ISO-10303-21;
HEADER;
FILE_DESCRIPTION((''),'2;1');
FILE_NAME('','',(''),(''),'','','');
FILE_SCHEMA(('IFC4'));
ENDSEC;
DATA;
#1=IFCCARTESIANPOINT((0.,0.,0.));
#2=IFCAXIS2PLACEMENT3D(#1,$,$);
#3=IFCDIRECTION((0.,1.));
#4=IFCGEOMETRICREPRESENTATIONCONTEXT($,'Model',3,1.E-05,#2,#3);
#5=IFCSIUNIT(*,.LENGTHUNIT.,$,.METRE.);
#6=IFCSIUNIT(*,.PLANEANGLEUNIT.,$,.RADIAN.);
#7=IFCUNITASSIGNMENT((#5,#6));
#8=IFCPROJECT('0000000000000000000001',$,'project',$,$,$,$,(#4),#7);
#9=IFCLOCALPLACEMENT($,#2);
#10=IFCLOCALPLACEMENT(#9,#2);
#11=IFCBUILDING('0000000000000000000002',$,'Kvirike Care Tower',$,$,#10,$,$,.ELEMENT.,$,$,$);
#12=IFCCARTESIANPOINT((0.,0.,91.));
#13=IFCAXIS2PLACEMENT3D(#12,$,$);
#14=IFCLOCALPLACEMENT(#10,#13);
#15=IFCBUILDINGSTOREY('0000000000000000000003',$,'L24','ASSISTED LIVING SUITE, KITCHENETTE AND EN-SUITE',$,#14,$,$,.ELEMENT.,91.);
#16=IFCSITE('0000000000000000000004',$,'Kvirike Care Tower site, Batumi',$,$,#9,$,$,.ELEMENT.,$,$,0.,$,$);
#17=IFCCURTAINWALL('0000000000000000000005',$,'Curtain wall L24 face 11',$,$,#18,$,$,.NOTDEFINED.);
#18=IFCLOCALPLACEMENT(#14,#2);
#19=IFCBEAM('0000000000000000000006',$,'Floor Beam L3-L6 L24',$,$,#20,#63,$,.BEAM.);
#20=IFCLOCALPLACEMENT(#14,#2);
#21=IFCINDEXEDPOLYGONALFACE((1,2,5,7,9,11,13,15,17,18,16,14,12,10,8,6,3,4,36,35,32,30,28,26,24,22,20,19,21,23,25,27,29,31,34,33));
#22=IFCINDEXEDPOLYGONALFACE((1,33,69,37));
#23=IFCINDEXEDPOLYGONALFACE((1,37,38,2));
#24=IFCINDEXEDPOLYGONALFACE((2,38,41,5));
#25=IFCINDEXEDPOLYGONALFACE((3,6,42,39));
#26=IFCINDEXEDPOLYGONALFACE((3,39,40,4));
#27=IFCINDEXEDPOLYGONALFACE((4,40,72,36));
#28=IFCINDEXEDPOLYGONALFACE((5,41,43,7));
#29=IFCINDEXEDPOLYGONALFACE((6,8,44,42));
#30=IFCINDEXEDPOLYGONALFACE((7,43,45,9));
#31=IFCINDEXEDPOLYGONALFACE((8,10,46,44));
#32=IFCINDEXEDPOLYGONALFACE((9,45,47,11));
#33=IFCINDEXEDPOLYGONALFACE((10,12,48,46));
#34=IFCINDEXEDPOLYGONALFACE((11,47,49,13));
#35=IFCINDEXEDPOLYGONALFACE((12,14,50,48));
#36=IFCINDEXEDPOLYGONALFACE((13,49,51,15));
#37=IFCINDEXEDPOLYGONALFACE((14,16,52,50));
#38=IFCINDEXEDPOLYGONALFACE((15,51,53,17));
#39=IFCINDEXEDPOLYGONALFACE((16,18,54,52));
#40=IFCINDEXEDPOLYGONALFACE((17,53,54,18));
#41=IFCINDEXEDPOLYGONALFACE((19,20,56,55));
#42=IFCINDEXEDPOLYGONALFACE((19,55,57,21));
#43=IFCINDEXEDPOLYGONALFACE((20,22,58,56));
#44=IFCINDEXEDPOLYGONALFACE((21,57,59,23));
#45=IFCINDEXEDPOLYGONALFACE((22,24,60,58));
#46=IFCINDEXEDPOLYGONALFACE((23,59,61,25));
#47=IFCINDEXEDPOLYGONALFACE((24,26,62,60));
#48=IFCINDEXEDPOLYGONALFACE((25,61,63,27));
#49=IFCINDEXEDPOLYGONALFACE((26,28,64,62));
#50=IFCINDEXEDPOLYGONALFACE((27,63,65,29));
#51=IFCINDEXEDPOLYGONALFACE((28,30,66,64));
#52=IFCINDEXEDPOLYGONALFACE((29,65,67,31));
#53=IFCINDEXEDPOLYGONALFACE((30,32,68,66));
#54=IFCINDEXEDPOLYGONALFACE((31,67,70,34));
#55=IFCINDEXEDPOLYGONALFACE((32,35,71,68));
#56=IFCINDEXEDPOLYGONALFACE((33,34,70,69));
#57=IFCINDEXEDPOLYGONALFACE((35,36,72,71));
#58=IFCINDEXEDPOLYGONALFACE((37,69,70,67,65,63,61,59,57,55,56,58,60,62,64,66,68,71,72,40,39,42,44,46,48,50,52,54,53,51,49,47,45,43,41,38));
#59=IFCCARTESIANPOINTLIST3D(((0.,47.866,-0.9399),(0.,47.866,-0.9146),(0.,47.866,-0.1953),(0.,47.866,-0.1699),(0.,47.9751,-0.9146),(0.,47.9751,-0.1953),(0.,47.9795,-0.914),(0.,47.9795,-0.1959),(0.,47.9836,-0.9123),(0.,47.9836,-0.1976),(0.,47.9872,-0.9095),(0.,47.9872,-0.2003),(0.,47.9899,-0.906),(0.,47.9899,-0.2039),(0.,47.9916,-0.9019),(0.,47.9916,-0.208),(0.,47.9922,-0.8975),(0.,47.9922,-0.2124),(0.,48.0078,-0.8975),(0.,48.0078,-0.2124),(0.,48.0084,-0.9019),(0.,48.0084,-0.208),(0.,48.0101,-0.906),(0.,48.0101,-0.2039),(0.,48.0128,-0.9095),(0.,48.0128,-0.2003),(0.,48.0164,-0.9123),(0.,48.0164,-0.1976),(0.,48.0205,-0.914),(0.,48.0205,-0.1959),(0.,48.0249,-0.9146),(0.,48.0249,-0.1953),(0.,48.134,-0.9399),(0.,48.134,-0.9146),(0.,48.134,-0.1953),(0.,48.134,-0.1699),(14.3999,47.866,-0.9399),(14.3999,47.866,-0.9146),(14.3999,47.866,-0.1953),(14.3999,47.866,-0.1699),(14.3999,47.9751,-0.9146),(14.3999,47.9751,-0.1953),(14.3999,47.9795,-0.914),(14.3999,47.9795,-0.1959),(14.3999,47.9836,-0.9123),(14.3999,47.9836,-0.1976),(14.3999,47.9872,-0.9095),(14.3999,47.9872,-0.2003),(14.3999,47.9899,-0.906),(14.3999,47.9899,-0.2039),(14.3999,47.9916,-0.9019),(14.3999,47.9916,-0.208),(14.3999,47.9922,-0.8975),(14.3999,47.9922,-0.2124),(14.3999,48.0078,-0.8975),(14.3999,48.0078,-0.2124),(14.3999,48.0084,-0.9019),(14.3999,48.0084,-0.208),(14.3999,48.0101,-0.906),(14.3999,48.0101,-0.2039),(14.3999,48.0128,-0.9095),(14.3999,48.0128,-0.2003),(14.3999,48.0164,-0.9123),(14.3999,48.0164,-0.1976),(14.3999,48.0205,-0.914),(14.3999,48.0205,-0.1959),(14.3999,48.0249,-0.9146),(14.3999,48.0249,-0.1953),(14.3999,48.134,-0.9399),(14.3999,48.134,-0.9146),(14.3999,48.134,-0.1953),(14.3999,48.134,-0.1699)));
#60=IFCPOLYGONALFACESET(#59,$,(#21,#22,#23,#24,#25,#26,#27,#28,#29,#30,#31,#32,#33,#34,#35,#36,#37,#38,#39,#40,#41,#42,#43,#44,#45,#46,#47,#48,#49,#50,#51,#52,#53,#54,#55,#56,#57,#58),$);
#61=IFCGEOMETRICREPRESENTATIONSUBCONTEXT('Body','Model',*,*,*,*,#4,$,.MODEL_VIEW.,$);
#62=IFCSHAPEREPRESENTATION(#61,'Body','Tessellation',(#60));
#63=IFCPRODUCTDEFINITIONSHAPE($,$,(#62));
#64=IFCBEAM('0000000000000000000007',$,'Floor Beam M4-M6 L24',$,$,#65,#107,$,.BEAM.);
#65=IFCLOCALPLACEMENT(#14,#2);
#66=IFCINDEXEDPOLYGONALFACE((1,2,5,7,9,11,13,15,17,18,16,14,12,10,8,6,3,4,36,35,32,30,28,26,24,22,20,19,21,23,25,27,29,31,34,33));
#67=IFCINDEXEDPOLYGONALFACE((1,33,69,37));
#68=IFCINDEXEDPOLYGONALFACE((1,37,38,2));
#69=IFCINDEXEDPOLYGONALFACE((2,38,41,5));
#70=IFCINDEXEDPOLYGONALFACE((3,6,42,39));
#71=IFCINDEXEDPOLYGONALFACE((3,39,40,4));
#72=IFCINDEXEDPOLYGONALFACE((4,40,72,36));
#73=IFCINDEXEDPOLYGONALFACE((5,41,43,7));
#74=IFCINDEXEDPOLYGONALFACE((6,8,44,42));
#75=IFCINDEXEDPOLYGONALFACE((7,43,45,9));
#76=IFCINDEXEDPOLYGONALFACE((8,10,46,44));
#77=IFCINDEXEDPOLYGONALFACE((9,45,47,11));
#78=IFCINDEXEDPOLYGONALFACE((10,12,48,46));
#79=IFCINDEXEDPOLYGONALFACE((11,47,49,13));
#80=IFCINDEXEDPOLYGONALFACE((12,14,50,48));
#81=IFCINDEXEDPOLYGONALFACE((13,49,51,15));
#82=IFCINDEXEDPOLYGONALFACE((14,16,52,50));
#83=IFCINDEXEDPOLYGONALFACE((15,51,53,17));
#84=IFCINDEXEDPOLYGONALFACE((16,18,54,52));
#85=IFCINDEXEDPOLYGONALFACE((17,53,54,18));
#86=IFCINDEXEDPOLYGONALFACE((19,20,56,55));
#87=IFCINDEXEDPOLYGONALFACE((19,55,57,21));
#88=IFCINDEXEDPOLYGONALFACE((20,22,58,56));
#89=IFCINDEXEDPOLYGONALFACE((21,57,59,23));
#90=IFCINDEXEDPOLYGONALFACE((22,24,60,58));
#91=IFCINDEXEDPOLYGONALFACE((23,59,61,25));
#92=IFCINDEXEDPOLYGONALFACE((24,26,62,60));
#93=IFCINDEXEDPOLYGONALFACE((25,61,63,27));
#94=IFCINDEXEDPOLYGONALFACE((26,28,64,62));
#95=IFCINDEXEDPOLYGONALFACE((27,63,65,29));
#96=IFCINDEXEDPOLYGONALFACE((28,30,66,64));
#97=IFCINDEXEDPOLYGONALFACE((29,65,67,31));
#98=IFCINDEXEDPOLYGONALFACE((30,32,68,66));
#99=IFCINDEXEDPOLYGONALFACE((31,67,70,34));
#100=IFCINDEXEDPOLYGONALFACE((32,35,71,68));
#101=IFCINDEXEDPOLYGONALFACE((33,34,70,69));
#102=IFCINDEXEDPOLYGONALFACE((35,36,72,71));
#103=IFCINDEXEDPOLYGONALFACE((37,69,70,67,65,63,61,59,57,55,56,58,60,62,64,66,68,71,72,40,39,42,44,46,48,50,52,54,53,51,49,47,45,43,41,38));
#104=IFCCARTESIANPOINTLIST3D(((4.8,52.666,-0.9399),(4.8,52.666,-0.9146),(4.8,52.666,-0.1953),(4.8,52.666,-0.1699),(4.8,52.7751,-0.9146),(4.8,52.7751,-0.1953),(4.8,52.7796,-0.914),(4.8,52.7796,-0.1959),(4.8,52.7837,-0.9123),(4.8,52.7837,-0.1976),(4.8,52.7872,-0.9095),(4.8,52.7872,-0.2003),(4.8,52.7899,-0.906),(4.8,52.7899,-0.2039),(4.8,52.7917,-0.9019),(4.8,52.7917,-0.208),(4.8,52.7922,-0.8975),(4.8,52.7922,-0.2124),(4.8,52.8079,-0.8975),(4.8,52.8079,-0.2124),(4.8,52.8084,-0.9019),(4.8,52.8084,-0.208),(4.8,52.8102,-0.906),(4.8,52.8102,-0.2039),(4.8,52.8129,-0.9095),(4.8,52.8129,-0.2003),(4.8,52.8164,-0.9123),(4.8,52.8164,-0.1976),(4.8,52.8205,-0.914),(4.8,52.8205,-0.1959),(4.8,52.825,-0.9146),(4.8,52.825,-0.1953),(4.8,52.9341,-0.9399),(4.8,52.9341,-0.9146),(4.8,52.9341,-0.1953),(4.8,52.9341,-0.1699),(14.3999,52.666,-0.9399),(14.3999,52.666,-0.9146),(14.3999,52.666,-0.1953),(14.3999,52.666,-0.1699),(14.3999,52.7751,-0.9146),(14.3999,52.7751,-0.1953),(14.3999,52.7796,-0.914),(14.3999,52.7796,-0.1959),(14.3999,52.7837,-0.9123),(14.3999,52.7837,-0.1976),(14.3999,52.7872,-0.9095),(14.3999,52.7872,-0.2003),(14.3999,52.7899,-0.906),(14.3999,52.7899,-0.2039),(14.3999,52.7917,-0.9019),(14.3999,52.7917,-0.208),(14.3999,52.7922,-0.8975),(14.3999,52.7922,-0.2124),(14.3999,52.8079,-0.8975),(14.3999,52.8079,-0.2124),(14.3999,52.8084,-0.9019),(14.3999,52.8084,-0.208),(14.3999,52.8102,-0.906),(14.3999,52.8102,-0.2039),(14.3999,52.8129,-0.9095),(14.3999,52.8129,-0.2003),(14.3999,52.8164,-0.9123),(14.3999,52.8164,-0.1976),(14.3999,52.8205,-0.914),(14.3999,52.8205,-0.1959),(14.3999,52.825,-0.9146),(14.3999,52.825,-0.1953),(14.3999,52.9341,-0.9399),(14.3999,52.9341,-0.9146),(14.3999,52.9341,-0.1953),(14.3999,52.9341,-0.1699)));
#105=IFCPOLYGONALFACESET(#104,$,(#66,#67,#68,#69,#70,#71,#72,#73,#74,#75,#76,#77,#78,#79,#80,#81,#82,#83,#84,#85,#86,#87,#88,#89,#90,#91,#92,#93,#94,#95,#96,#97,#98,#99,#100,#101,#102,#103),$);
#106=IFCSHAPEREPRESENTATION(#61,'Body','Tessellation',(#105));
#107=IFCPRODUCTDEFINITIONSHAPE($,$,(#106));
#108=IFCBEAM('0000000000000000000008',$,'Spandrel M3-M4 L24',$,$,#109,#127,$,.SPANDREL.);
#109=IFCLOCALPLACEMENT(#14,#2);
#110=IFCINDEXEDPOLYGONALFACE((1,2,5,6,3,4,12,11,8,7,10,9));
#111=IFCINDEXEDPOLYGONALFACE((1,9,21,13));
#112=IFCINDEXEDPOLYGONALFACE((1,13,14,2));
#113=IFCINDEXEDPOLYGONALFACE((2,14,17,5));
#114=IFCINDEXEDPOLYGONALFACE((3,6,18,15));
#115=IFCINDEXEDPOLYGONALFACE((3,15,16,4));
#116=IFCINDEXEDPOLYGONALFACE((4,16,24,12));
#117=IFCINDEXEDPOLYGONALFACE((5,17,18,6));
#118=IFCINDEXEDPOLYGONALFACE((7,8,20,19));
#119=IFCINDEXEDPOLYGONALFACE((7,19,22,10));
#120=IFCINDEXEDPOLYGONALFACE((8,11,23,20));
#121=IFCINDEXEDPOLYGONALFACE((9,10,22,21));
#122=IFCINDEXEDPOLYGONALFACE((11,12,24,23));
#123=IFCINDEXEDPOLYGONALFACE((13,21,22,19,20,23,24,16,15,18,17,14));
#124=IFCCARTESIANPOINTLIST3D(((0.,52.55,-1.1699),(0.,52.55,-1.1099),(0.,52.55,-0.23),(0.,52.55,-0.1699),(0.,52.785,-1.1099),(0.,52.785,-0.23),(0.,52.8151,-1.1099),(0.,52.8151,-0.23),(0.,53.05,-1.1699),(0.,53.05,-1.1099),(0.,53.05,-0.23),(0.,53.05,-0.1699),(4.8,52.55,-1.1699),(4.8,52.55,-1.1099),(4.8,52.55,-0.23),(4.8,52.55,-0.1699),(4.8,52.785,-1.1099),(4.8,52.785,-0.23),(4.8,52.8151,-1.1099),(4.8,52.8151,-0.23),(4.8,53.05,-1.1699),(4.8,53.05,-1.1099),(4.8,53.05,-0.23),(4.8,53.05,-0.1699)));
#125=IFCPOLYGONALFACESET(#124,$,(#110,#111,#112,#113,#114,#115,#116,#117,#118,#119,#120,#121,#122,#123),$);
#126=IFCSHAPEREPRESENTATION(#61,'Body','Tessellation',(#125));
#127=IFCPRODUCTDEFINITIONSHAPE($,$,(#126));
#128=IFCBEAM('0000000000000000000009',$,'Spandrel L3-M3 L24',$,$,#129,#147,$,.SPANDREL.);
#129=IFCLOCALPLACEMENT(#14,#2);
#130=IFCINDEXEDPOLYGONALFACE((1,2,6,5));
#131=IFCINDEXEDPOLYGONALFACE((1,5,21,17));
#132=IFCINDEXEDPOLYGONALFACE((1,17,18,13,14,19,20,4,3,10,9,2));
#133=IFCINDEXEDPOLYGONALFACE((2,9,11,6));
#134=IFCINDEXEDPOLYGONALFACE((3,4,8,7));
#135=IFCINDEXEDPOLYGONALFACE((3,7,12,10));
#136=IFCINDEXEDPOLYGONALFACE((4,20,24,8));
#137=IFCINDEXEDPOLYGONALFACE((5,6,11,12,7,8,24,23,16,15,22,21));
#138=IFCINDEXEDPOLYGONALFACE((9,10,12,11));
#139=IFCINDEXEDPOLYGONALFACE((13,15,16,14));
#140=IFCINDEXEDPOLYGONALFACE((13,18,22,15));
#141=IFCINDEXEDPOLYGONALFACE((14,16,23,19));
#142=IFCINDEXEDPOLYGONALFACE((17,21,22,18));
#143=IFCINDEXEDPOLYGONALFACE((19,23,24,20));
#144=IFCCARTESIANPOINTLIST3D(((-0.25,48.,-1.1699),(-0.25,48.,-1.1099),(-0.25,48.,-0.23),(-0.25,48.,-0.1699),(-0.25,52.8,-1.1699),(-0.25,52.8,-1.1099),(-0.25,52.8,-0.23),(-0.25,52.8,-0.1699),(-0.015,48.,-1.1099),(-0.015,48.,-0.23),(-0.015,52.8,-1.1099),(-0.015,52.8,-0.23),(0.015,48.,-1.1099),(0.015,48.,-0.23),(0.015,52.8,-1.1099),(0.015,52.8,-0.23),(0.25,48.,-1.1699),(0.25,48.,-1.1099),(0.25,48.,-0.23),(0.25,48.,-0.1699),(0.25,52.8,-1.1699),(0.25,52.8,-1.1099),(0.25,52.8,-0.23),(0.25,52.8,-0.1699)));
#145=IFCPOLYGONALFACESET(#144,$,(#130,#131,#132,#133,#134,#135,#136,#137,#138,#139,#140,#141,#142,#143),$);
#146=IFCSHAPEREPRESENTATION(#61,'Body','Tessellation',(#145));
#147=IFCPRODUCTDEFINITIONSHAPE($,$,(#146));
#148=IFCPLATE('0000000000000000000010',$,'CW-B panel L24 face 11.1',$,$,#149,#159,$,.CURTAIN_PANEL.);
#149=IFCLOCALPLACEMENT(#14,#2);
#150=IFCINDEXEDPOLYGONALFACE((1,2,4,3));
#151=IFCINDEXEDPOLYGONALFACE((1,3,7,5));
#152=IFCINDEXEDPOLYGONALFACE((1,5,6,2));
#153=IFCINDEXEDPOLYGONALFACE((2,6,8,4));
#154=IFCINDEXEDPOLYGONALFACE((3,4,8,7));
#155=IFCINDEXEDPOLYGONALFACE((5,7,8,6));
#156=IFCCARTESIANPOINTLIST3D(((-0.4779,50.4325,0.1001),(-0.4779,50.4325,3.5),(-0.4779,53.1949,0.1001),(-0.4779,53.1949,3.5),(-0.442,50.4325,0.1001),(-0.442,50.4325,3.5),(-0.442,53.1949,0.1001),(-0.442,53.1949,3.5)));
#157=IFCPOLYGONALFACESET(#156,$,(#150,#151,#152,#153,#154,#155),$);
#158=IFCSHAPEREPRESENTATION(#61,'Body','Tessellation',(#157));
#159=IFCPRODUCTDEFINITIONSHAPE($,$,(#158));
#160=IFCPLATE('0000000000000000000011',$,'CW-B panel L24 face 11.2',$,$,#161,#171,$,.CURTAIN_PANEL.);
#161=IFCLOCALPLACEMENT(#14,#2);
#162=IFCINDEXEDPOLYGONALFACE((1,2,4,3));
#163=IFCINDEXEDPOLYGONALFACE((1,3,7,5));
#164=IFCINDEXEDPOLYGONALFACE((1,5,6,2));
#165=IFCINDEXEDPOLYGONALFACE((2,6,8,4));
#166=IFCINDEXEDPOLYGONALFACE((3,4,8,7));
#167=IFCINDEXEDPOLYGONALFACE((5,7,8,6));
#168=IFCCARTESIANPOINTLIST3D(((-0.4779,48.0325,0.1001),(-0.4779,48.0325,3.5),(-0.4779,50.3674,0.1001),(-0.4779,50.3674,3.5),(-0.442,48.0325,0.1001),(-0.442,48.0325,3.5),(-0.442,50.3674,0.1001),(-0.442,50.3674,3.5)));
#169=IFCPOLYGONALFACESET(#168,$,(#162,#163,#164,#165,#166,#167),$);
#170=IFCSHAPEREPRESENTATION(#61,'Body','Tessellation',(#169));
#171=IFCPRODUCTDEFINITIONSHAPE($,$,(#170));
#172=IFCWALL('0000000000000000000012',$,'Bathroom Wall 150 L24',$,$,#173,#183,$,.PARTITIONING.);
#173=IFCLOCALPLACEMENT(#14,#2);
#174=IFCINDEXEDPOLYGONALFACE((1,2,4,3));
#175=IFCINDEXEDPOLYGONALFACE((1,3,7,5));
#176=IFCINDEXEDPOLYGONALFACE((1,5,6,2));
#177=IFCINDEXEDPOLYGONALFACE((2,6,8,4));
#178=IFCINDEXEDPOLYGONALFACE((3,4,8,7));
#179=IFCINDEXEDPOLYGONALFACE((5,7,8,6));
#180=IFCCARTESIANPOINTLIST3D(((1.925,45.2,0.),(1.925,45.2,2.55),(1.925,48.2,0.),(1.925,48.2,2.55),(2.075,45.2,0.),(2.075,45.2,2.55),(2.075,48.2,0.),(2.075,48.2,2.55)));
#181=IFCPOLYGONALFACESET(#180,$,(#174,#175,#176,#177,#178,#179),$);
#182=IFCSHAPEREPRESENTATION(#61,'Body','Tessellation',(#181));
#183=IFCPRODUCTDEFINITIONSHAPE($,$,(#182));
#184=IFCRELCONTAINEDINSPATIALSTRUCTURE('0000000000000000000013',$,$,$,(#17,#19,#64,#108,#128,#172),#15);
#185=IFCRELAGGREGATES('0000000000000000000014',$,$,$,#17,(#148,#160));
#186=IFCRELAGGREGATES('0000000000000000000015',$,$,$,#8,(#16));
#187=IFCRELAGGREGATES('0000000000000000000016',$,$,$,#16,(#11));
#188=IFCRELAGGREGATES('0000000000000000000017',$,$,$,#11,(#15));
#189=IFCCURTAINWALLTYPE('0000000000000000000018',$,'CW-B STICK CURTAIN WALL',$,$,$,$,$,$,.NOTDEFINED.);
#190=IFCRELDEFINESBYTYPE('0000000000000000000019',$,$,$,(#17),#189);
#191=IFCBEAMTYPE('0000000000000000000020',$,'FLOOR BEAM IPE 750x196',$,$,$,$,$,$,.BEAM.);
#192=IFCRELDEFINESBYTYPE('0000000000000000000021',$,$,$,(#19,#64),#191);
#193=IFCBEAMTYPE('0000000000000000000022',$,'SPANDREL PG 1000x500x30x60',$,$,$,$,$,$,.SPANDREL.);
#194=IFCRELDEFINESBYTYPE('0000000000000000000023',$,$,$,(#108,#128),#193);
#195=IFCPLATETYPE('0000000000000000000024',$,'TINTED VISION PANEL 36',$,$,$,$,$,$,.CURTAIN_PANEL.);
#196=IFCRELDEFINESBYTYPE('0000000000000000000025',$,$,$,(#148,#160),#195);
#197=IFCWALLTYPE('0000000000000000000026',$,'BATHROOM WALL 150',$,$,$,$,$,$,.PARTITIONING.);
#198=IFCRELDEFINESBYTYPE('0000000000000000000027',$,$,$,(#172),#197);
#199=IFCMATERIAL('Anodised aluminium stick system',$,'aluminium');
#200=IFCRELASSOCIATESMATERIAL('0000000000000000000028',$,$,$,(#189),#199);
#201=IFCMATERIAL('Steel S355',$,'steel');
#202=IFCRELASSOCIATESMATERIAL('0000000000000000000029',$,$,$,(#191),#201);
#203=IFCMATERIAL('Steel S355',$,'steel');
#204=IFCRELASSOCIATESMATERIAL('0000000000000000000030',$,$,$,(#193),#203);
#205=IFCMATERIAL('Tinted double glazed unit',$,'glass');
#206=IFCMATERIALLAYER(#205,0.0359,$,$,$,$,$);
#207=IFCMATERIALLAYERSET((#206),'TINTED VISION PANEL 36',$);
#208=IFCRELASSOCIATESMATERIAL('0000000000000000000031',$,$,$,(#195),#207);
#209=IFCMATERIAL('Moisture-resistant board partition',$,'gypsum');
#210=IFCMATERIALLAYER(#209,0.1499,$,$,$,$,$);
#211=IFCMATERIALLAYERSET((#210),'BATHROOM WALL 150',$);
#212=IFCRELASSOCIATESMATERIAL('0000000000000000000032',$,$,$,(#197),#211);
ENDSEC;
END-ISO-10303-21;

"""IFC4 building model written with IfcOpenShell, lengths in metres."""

from ifc_helpers import new_model, si_unit, direction, frame, frame_2d, origin, origin_2d, place, context, subcontext, project, spatial, rectangle, i_section, extrude, material, layer, layer_set, material_profile, profile_set, type_object, element, aggregate, save


model = new_model("IFC4")

# Units and contexts
model_context = context("Model", 3, precision=1e-05, world=origin(), true_north=direction((0.0, 1.0)))
body_context = subcontext(model_context, "Body", "Model", "MODEL_VIEW")
ifc_project = project(units=[si_unit("LENGTHUNIT", "METRE"), si_unit("PLANEANGLEUNIT", "RADIAN")], contexts=[model_context])

# Site, building, storey
site_placement = place(None, origin())
site = spatial("IfcSite", under=ifc_project, at=site_placement, Name="Kvirike Care Tower site, Batumi", CompositionType="ELEMENT", RefElevation=0.0)
building_placement = place(site_placement, origin())
building = spatial("IfcBuilding", under=site, at=building_placement, Name="Kvirike Care Tower", CompositionType="ELEMENT")
storey_placement = place(building_placement, frame((0.0, 0.0, 91.0)))
storey = spatial("IfcBuildingStorey", under=building, at=storey_placement, Name="L24", Description="ASSISTED LIVING SUITE, KITCHENETTE AND EN-SUITE", CompositionType="ELEMENT", Elevation=91.0)

# Curtain wall
ifc_material_1 = material(Name="Anodised aluminium stick system", Category="aluminium")
curtain_wall_type = type_object("IfcCurtainWallType", Name="CW-B STICK CURTAIN WALL", PredefinedType="NOTDEFINED", material=ifc_material_1)
curtain_wall_placement = place(storey_placement, origin())
curtain_wall = element("IfcCurtainWall", 1, at=curtain_wall_placement, inside=storey, type_object=curtain_wall_type, Name="Curtain wall L24 face 11", PredefinedType="NOTDEFINED")

# Beams
ifc_material_2 = material(Name="Steel S355", Category="steel")
ifc_material_profile_1 = material_profile(ifc_material_2, i_section(OverallWidth=0.2681, OverallDepth=0.77, WebThickness=0.0156, FlangeThickness=0.0254, FilletRadius=0.0171, at=origin_2d()), Name="IPE 750x196")
ifc_profile_set_1 = profile_set([ifc_material_profile_1], Name="Steel S355")
beam_type_1 = type_object("IfcBeamType", Name="FLOOR BEAM IPE 750x196", PredefinedType="BEAM", material=ifc_profile_set_1)
beam_1_placement = place(storey_placement, frame((0.0, 48.0, -0.5549), z_axis=(1.0, 0.0, 0.0), x_axis=(0.0, 1.0, 0.0)))
element("IfcBeam", 2, at=beam_1_placement, inside=storey, type_object=beam_type_1, Name="Floor Beam L3-L6 L24", PredefinedType="BEAM", context=body_context, shape_type="SweptSolid", body=[
    extrude(i_section(OverallWidth=0.2681, OverallDepth=0.77, WebThickness=0.0156, FlangeThickness=0.0254, FilletRadius=0.0171, at=origin_2d()), origin(), (0.0, 0.0, 1.0), 14.3999),
])
beam_2_placement = place(storey_placement, frame((4.8, 52.8, -0.5549), z_axis=(1.0, 0.0, 0.0), x_axis=(0.0, 1.0, 0.0)))
element("IfcBeam", 3, at=beam_2_placement, inside=storey, type_object=beam_type_1, Name="Floor Beam M4-M6 L24", PredefinedType="BEAM", context=body_context, shape_type="SweptSolid", body=[
    extrude(i_section(OverallWidth=0.2681, OverallDepth=0.77, WebThickness=0.0156, FlangeThickness=0.0254, FilletRadius=0.0171, at=origin_2d()), origin(), (0.0, 0.0, 1.0), 9.5999),
])
ifc_material_3 = material(Name="Steel S355", Category="steel")
ifc_material_profile_2 = material_profile(ifc_material_3, i_section(OverallWidth=0.5, OverallDepth=1.0, WebThickness=0.03, FlangeThickness=0.0601, at=origin_2d()), Name="PG 1000x500x30x60")
ifc_profile_set_2 = profile_set([ifc_material_profile_2], Name="Steel S355")
beam_type_2 = type_object("IfcBeamType", Name="SPANDREL PG 1000x500x30x60", PredefinedType="SPANDREL", material=ifc_profile_set_2)
for number, where, z_axis, x_axis, name in (
    (4, (0.0, 52.8, -0.6699), (1.0, 0.0, 0.0), (0.0, 1.0, 0.0), "Spandrel M3-M4 L24"),
    (5, (0.0, 48.0, -0.6699), (0.0, 1.0, 0.0), (-1.0, 0.0, 0.0), "Spandrel L3-M3 L24"),
):
    element("IfcBeam", number, at=place(storey_placement, frame(where, z_axis=z_axis, x_axis=x_axis)), inside=storey, type_object=beam_type_2, Name=name, PredefinedType="SPANDREL", context=body_context, shape_type="SweptSolid", body=[
        extrude(i_section(OverallWidth=0.5, OverallDepth=1.0, WebThickness=0.03, FlangeThickness=0.0601, at=origin_2d()), origin(), (0.0, 0.0, 1.0), 4.8),
    ])

# Plates
ifc_material_4 = material(Name="Tinted double glazed unit", Category="glass")
ifc_layer_1 = layer(ifc_material_4, 0.0359)
ifc_layer_set_1 = layer_set([ifc_layer_1], Name="TINTED VISION PANEL 36")
plate_type = type_object("IfcPlateType", Name="TINTED VISION PANEL 36", PredefinedType="CURTAIN_PANEL", material=ifc_layer_set_1)
plate_1_placement = place(storey_placement, frame((-0.46, 51.8137, 0.1001), z_axis=(0.0, 0.0, 1.0), x_axis=(0.0, -1.0, 0.0)))
plate_1 = element("IfcPlate", 6, at=plate_1_placement, type_object=plate_type, Name="CW-B panel L24 face 11.1", PredefinedType="CURTAIN_PANEL", context=body_context, shape_type="SweptSolid", body=[
    extrude(rectangle(XDim=2.7625, YDim=0.0359, at=origin_2d()), origin(), (0.0, 0.0, 1.0), 3.3999),
])
plate_2_placement = place(storey_placement, frame((-0.46, 49.2, 0.1001), z_axis=(0.0, 0.0, 1.0), x_axis=(0.0, -1.0, 0.0)))
plate_2 = element("IfcPlate", 7, at=plate_2_placement, type_object=plate_type, Name="CW-B panel L24 face 11.2", PredefinedType="CURTAIN_PANEL", context=body_context, shape_type="SweptSolid", body=[
    extrude(rectangle(XDim=2.335, YDim=0.0359, at=origin_2d()), origin(), (0.0, 0.0, 1.0), 3.3999),
])
aggregate(curtain_wall, [plate_1, plate_2])

# Wall
ifc_material_5 = material(Name="Moisture-resistant board partition", Category="gypsum")
ifc_layer_2 = layer(ifc_material_5, 0.1499)
ifc_layer_set_2 = layer_set([ifc_layer_2], Name="BATHROOM WALL 150")
wall_type_1 = type_object("IfcWallType", Name="BATHROOM WALL 150", PredefinedType="PARTITIONING", material=ifc_layer_set_2)
wall_1_placement = place(storey_placement, frame((2.0, 48.2, 0.0), z_axis=(0.0, 0.0, 1.0), x_axis=(0.0, -1.0, 0.0)))
element("IfcWall", 8, at=wall_1_placement, inside=storey, type_object=wall_type_1, Name="Bathroom Wall 150 L24", PredefinedType="PARTITIONING", context=body_context, shape_type="SweptSolid", body=[
    extrude(rectangle(XDim=3.0, YDim=0.1499, at=frame_2d((1.5, 0.0))), origin(), (0.0, 0.0, 1.0), 2.55),
])

save(model, "model.ifc")
